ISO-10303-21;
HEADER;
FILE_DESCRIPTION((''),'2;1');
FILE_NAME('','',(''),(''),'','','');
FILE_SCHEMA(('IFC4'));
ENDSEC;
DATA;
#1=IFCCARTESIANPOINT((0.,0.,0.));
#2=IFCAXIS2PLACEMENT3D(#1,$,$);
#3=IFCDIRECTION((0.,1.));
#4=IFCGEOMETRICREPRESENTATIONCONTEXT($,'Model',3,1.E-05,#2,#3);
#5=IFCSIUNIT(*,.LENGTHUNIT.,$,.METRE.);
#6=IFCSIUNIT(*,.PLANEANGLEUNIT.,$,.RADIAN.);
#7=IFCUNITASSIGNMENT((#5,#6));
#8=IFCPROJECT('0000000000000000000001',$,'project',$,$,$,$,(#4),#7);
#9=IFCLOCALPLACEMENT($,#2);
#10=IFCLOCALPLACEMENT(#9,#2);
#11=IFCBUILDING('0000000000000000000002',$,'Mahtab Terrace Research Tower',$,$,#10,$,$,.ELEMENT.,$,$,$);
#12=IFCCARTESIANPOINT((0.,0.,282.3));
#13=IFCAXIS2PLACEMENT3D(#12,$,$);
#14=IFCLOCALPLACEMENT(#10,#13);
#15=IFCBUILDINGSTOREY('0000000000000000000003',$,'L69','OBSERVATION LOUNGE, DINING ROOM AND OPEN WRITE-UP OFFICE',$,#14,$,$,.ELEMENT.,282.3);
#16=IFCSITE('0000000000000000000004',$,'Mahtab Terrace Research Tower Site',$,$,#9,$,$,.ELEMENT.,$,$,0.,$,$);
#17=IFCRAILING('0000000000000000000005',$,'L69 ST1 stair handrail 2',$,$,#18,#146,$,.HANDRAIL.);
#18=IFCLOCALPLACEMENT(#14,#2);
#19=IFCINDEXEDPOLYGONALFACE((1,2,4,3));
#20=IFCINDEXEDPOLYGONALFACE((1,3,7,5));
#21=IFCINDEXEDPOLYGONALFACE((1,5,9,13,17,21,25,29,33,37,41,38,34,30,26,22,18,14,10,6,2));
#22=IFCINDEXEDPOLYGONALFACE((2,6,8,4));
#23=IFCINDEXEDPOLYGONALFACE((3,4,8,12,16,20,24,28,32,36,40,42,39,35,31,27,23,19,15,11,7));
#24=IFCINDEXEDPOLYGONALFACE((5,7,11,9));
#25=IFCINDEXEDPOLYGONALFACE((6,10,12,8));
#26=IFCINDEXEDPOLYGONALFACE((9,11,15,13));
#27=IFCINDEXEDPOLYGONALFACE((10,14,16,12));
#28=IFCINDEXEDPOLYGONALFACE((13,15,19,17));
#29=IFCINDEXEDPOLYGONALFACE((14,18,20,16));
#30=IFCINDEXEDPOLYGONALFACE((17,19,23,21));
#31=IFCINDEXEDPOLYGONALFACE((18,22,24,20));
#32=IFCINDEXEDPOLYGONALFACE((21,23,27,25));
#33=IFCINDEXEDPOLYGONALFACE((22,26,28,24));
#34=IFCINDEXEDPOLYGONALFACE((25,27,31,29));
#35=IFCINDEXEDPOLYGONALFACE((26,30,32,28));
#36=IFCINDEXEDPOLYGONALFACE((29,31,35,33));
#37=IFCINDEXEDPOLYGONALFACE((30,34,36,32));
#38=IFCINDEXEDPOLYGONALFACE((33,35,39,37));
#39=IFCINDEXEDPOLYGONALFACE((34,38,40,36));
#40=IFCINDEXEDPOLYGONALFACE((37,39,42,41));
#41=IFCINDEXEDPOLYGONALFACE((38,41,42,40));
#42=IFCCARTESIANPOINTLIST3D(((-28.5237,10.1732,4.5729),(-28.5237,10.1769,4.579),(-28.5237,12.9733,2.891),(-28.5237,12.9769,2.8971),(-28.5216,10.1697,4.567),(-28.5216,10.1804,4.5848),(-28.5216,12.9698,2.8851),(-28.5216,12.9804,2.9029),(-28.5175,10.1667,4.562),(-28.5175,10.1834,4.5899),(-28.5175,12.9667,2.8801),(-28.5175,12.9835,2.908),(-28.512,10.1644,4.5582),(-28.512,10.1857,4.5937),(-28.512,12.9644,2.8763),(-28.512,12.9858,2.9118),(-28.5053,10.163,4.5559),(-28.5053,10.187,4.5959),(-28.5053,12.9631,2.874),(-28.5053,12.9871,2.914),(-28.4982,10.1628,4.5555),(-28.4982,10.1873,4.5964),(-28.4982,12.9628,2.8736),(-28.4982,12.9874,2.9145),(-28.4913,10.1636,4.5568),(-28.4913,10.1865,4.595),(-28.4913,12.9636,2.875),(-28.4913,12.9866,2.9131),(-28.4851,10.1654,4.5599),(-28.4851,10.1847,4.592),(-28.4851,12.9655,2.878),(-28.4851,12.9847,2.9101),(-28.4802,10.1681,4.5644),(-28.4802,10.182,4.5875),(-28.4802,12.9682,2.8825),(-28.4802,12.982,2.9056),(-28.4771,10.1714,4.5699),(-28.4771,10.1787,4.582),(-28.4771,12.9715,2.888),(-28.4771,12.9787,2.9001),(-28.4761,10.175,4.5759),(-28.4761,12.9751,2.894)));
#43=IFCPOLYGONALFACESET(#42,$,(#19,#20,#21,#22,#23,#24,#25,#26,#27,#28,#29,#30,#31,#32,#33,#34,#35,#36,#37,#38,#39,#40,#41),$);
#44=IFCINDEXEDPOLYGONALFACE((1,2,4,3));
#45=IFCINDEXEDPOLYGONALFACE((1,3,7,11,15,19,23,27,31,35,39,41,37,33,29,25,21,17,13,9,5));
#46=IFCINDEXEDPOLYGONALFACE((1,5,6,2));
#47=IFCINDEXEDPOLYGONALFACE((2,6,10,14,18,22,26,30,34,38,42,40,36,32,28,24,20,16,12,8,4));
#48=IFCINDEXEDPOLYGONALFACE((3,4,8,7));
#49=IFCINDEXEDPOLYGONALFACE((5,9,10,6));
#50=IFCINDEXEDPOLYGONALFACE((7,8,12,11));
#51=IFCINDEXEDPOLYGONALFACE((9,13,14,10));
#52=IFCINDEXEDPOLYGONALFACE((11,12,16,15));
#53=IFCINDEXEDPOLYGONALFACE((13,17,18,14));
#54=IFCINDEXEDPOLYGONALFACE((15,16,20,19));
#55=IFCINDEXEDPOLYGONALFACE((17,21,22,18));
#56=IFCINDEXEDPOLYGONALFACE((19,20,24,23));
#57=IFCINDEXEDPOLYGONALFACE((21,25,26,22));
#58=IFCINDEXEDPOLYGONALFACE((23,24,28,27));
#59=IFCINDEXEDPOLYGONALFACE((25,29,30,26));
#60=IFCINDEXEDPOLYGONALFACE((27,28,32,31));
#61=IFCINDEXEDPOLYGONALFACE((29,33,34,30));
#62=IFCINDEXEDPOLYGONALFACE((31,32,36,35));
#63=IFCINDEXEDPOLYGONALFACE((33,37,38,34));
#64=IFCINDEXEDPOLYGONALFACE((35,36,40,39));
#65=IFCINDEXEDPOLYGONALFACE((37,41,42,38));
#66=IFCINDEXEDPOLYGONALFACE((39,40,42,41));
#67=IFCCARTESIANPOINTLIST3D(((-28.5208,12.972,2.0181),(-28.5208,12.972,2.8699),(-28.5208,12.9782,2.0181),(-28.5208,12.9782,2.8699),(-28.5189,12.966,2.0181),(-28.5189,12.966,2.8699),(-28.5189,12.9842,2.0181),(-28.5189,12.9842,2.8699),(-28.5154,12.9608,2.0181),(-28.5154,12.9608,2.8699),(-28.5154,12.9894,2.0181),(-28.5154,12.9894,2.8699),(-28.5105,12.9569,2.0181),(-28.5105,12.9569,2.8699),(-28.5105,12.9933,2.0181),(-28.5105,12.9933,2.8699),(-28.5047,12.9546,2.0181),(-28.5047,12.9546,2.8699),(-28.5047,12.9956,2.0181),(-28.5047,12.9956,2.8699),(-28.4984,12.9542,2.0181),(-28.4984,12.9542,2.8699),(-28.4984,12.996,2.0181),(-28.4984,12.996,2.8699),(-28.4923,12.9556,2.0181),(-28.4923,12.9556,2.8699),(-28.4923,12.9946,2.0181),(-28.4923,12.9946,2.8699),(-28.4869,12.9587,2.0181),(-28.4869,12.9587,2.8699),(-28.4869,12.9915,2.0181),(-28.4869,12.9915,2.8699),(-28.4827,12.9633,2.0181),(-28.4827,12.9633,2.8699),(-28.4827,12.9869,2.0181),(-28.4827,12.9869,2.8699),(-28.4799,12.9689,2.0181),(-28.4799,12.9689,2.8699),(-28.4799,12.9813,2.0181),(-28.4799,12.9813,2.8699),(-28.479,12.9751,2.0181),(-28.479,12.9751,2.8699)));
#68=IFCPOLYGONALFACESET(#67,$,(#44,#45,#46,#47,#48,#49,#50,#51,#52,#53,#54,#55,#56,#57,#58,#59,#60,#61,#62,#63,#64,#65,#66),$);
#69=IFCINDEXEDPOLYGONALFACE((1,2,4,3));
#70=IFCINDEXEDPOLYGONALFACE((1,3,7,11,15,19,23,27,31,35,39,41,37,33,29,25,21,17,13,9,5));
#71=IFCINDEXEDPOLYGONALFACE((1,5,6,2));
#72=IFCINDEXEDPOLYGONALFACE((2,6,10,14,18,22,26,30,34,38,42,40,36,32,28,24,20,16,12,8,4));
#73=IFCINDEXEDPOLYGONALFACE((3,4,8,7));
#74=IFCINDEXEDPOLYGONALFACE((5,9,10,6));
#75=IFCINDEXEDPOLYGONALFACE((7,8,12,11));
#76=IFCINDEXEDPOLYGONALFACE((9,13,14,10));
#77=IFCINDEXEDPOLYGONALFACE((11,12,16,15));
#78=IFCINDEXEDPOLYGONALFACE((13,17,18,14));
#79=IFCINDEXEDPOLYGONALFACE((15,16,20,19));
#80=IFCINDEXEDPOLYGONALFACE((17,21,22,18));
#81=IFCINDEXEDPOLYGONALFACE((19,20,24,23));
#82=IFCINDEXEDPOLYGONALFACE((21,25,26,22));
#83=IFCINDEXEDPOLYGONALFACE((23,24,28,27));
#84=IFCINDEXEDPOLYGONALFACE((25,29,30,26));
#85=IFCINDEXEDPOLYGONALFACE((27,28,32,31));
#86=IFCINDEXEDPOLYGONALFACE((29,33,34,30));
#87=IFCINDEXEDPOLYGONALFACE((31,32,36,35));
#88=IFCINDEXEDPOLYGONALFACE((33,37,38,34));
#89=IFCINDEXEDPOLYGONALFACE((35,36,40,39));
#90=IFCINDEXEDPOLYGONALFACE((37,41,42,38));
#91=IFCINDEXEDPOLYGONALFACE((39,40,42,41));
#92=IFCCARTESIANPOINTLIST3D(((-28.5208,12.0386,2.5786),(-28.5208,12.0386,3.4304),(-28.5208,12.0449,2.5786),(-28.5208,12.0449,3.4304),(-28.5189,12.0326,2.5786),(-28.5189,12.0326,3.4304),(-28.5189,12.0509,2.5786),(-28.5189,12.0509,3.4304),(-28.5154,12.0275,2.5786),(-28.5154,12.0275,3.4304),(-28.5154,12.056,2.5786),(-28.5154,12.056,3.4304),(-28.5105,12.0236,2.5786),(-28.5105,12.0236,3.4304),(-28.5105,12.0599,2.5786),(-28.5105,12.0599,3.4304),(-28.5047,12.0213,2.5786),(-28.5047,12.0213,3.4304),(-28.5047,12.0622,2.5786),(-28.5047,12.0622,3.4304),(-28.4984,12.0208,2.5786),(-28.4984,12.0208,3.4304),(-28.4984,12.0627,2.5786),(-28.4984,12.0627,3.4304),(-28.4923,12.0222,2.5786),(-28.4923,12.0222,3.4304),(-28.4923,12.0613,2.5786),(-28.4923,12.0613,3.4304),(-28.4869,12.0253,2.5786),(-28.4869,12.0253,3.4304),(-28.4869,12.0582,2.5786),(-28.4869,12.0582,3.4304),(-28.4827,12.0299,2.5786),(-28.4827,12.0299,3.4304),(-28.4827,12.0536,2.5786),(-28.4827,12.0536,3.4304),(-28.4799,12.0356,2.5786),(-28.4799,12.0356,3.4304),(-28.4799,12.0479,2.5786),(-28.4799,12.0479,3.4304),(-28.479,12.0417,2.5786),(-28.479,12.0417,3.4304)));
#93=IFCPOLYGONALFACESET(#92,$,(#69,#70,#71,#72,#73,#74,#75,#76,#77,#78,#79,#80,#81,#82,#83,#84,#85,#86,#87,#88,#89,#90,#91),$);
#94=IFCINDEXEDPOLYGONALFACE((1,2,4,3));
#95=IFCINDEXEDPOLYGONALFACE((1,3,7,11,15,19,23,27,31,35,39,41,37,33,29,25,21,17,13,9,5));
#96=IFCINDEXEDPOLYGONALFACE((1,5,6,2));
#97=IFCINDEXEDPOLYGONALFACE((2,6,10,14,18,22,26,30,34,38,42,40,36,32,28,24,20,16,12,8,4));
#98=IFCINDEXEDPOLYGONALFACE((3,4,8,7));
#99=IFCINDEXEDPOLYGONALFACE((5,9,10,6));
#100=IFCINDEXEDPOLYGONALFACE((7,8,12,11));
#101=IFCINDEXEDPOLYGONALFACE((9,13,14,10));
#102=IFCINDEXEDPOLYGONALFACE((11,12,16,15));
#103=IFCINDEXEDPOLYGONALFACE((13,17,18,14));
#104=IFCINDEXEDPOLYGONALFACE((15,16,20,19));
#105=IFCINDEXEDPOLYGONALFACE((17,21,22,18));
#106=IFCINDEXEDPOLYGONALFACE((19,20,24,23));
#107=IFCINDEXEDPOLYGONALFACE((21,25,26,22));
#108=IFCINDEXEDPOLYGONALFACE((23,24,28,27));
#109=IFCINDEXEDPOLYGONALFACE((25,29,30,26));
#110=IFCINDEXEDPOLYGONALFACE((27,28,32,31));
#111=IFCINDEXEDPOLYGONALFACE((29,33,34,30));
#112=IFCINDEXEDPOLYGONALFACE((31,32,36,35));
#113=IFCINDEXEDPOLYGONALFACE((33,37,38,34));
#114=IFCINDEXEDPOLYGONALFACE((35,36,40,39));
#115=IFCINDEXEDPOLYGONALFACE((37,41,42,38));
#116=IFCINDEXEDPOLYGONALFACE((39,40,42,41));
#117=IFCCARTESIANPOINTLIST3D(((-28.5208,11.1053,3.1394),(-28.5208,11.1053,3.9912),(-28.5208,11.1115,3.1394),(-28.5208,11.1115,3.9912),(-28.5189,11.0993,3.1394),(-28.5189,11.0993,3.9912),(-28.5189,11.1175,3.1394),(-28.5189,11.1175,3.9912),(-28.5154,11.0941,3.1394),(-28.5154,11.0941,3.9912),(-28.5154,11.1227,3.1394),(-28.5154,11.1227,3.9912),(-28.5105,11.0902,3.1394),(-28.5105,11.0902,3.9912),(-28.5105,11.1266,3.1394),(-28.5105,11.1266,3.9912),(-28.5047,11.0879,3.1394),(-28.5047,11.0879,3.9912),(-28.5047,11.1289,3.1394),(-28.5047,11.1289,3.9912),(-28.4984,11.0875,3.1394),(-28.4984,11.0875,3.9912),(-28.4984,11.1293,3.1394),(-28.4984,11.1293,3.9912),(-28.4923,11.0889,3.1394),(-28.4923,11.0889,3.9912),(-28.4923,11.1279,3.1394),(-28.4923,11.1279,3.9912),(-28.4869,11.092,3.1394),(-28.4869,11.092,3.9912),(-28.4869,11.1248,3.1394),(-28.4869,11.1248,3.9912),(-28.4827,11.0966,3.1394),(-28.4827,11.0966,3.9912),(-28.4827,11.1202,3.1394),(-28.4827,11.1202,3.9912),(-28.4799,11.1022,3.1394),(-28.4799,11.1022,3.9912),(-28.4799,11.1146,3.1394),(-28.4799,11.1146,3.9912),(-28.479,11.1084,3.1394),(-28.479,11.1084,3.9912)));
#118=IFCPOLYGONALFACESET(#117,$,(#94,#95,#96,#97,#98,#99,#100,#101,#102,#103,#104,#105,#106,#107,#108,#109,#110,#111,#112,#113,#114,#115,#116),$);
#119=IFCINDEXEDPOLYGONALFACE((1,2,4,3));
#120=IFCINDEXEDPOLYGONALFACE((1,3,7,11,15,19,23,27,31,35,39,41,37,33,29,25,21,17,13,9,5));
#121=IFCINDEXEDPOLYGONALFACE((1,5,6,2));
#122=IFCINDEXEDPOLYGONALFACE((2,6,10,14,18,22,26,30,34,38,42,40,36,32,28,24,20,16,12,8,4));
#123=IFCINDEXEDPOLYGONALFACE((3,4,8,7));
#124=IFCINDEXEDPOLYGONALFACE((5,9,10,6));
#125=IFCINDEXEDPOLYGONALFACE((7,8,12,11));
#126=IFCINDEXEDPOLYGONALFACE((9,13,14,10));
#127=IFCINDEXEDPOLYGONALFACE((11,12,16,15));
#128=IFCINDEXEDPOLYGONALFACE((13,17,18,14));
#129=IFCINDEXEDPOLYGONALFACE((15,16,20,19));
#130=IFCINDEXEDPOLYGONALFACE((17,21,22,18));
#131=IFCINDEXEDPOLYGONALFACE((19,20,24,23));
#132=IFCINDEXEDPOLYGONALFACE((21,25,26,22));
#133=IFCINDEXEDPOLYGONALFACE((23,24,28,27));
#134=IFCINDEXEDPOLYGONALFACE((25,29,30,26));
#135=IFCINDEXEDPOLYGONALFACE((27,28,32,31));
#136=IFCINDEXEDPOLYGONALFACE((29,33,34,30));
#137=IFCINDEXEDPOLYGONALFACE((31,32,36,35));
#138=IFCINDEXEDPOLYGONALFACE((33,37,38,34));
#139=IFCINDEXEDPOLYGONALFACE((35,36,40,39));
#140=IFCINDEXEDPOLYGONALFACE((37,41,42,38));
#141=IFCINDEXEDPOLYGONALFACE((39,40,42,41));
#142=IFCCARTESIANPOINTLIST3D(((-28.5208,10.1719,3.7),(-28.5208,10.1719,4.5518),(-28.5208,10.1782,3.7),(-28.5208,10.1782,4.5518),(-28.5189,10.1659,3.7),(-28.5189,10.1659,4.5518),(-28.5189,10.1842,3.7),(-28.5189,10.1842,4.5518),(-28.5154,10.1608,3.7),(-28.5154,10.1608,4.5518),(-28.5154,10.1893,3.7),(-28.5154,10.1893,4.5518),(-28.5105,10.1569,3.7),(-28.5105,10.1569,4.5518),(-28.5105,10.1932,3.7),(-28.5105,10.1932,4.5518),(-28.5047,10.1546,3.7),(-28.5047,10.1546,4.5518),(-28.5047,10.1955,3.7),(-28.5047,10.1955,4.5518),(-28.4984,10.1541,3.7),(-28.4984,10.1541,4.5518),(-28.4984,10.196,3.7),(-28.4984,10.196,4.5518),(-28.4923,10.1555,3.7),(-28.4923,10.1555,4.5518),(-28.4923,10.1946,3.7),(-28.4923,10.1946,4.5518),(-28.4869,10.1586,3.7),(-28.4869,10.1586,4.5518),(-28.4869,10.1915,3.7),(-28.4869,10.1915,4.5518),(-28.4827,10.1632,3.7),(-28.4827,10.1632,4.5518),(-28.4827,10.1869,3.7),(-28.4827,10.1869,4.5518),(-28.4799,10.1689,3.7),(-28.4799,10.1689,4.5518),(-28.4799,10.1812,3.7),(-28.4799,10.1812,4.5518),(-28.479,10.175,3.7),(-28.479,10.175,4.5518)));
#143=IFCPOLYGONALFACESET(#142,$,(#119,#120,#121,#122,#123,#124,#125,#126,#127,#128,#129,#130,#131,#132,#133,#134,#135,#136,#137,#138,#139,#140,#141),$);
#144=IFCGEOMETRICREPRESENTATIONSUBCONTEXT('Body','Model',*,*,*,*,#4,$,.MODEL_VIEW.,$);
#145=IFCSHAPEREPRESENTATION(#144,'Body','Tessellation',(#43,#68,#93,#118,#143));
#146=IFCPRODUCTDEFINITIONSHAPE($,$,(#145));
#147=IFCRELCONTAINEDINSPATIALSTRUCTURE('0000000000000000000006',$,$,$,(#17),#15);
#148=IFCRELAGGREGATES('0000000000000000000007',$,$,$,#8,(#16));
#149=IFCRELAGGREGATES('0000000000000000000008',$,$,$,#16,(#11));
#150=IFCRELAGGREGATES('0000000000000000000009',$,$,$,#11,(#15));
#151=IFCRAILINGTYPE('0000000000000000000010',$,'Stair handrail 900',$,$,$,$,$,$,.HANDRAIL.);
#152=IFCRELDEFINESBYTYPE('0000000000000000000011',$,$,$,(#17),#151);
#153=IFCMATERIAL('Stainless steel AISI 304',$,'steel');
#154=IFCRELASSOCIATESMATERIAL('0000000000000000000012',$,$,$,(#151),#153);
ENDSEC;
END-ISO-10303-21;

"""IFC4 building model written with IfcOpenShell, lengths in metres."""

from ifc_helpers import new_model, si_unit, direction, frame, origin, origin_2d, place, context, subcontext, project, spatial, circle, extrude, material, type_object, element, save


model = new_model("IFC4")

# Units and contexts
model_context = context("Model", 3, precision=1e-05, world=origin(), true_north=direction((0.0, 1.0)))
body_context = subcontext(model_context, "Body", "Model", "MODEL_VIEW")
ifc_project = project(units=[si_unit("LENGTHUNIT", "METRE"), si_unit("PLANEANGLEUNIT", "RADIAN")], contexts=[model_context])

# Site, building, storey
site_placement = place(None, origin())
site = spatial("IfcSite", under=ifc_project, at=site_placement, Name="Mahtab Terrace Research Tower Site", CompositionType="ELEMENT", RefElevation=0.0)
building_placement = place(site_placement, origin())
building = spatial("IfcBuilding", under=site, at=building_placement, Name="Mahtab Terrace Research Tower", CompositionType="ELEMENT")
storey_placement = place(building_placement, frame((0.0, 0.0, 282.3)))
storey = spatial("IfcBuildingStorey", under=building, at=storey_placement, Name="L69", Description="OBSERVATION LOUNGE, DINING ROOM AND OPEN WRITE-UP OFFICE", CompositionType="ELEMENT", Elevation=282.3)

# Railing
ifc_material_1 = material(Name="Stainless steel AISI 304", Category="steel")
railing_type_1 = type_object("IfcRailingType", Name="Stair handrail 900", PredefinedType="HANDRAIL", material=ifc_material_1)
railing_1_placement = place(storey_placement, frame((-28.5, 12.9751, 2.0181)))
element("IfcRailing", 1, at=railing_1_placement, inside=storey, type_object=railing_type_1, Name="L69 ST1 stair handrail 2", PredefinedType="HANDRAIL", context=body_context, shape_type="SweptSolid", body=[
    extrude(circle(Radius=0.0239, at=origin_2d()), frame((0.0, 0.0, 0.876), z_axis=(0.0, -0.857242, 0.514913), x_axis=(1.0, 0.0, 0.0)), (0.0, 0.0, 1.0), 3.2664),
    extrude(circle(Radius=0.021, at=origin_2d()), origin(), (0.0, 0.0, 1.0), 0.8518),
    extrude(circle(Radius=0.021, at=origin_2d()), frame((0.0, -0.9333, 0.5605)), (0.0, 0.0, 1.0), 0.8518),
    extrude(circle(Radius=0.021, at=origin_2d()), frame((0.0, -1.8667, 1.1213)), (0.0, 0.0, 1.0), 0.8518),
    extrude(circle(Radius=0.021, at=origin_2d()), frame((0.0, -2.8, 1.6819)), (0.0, 0.0, 1.0), 0.8518),
])

save(model, "model.ifc")
